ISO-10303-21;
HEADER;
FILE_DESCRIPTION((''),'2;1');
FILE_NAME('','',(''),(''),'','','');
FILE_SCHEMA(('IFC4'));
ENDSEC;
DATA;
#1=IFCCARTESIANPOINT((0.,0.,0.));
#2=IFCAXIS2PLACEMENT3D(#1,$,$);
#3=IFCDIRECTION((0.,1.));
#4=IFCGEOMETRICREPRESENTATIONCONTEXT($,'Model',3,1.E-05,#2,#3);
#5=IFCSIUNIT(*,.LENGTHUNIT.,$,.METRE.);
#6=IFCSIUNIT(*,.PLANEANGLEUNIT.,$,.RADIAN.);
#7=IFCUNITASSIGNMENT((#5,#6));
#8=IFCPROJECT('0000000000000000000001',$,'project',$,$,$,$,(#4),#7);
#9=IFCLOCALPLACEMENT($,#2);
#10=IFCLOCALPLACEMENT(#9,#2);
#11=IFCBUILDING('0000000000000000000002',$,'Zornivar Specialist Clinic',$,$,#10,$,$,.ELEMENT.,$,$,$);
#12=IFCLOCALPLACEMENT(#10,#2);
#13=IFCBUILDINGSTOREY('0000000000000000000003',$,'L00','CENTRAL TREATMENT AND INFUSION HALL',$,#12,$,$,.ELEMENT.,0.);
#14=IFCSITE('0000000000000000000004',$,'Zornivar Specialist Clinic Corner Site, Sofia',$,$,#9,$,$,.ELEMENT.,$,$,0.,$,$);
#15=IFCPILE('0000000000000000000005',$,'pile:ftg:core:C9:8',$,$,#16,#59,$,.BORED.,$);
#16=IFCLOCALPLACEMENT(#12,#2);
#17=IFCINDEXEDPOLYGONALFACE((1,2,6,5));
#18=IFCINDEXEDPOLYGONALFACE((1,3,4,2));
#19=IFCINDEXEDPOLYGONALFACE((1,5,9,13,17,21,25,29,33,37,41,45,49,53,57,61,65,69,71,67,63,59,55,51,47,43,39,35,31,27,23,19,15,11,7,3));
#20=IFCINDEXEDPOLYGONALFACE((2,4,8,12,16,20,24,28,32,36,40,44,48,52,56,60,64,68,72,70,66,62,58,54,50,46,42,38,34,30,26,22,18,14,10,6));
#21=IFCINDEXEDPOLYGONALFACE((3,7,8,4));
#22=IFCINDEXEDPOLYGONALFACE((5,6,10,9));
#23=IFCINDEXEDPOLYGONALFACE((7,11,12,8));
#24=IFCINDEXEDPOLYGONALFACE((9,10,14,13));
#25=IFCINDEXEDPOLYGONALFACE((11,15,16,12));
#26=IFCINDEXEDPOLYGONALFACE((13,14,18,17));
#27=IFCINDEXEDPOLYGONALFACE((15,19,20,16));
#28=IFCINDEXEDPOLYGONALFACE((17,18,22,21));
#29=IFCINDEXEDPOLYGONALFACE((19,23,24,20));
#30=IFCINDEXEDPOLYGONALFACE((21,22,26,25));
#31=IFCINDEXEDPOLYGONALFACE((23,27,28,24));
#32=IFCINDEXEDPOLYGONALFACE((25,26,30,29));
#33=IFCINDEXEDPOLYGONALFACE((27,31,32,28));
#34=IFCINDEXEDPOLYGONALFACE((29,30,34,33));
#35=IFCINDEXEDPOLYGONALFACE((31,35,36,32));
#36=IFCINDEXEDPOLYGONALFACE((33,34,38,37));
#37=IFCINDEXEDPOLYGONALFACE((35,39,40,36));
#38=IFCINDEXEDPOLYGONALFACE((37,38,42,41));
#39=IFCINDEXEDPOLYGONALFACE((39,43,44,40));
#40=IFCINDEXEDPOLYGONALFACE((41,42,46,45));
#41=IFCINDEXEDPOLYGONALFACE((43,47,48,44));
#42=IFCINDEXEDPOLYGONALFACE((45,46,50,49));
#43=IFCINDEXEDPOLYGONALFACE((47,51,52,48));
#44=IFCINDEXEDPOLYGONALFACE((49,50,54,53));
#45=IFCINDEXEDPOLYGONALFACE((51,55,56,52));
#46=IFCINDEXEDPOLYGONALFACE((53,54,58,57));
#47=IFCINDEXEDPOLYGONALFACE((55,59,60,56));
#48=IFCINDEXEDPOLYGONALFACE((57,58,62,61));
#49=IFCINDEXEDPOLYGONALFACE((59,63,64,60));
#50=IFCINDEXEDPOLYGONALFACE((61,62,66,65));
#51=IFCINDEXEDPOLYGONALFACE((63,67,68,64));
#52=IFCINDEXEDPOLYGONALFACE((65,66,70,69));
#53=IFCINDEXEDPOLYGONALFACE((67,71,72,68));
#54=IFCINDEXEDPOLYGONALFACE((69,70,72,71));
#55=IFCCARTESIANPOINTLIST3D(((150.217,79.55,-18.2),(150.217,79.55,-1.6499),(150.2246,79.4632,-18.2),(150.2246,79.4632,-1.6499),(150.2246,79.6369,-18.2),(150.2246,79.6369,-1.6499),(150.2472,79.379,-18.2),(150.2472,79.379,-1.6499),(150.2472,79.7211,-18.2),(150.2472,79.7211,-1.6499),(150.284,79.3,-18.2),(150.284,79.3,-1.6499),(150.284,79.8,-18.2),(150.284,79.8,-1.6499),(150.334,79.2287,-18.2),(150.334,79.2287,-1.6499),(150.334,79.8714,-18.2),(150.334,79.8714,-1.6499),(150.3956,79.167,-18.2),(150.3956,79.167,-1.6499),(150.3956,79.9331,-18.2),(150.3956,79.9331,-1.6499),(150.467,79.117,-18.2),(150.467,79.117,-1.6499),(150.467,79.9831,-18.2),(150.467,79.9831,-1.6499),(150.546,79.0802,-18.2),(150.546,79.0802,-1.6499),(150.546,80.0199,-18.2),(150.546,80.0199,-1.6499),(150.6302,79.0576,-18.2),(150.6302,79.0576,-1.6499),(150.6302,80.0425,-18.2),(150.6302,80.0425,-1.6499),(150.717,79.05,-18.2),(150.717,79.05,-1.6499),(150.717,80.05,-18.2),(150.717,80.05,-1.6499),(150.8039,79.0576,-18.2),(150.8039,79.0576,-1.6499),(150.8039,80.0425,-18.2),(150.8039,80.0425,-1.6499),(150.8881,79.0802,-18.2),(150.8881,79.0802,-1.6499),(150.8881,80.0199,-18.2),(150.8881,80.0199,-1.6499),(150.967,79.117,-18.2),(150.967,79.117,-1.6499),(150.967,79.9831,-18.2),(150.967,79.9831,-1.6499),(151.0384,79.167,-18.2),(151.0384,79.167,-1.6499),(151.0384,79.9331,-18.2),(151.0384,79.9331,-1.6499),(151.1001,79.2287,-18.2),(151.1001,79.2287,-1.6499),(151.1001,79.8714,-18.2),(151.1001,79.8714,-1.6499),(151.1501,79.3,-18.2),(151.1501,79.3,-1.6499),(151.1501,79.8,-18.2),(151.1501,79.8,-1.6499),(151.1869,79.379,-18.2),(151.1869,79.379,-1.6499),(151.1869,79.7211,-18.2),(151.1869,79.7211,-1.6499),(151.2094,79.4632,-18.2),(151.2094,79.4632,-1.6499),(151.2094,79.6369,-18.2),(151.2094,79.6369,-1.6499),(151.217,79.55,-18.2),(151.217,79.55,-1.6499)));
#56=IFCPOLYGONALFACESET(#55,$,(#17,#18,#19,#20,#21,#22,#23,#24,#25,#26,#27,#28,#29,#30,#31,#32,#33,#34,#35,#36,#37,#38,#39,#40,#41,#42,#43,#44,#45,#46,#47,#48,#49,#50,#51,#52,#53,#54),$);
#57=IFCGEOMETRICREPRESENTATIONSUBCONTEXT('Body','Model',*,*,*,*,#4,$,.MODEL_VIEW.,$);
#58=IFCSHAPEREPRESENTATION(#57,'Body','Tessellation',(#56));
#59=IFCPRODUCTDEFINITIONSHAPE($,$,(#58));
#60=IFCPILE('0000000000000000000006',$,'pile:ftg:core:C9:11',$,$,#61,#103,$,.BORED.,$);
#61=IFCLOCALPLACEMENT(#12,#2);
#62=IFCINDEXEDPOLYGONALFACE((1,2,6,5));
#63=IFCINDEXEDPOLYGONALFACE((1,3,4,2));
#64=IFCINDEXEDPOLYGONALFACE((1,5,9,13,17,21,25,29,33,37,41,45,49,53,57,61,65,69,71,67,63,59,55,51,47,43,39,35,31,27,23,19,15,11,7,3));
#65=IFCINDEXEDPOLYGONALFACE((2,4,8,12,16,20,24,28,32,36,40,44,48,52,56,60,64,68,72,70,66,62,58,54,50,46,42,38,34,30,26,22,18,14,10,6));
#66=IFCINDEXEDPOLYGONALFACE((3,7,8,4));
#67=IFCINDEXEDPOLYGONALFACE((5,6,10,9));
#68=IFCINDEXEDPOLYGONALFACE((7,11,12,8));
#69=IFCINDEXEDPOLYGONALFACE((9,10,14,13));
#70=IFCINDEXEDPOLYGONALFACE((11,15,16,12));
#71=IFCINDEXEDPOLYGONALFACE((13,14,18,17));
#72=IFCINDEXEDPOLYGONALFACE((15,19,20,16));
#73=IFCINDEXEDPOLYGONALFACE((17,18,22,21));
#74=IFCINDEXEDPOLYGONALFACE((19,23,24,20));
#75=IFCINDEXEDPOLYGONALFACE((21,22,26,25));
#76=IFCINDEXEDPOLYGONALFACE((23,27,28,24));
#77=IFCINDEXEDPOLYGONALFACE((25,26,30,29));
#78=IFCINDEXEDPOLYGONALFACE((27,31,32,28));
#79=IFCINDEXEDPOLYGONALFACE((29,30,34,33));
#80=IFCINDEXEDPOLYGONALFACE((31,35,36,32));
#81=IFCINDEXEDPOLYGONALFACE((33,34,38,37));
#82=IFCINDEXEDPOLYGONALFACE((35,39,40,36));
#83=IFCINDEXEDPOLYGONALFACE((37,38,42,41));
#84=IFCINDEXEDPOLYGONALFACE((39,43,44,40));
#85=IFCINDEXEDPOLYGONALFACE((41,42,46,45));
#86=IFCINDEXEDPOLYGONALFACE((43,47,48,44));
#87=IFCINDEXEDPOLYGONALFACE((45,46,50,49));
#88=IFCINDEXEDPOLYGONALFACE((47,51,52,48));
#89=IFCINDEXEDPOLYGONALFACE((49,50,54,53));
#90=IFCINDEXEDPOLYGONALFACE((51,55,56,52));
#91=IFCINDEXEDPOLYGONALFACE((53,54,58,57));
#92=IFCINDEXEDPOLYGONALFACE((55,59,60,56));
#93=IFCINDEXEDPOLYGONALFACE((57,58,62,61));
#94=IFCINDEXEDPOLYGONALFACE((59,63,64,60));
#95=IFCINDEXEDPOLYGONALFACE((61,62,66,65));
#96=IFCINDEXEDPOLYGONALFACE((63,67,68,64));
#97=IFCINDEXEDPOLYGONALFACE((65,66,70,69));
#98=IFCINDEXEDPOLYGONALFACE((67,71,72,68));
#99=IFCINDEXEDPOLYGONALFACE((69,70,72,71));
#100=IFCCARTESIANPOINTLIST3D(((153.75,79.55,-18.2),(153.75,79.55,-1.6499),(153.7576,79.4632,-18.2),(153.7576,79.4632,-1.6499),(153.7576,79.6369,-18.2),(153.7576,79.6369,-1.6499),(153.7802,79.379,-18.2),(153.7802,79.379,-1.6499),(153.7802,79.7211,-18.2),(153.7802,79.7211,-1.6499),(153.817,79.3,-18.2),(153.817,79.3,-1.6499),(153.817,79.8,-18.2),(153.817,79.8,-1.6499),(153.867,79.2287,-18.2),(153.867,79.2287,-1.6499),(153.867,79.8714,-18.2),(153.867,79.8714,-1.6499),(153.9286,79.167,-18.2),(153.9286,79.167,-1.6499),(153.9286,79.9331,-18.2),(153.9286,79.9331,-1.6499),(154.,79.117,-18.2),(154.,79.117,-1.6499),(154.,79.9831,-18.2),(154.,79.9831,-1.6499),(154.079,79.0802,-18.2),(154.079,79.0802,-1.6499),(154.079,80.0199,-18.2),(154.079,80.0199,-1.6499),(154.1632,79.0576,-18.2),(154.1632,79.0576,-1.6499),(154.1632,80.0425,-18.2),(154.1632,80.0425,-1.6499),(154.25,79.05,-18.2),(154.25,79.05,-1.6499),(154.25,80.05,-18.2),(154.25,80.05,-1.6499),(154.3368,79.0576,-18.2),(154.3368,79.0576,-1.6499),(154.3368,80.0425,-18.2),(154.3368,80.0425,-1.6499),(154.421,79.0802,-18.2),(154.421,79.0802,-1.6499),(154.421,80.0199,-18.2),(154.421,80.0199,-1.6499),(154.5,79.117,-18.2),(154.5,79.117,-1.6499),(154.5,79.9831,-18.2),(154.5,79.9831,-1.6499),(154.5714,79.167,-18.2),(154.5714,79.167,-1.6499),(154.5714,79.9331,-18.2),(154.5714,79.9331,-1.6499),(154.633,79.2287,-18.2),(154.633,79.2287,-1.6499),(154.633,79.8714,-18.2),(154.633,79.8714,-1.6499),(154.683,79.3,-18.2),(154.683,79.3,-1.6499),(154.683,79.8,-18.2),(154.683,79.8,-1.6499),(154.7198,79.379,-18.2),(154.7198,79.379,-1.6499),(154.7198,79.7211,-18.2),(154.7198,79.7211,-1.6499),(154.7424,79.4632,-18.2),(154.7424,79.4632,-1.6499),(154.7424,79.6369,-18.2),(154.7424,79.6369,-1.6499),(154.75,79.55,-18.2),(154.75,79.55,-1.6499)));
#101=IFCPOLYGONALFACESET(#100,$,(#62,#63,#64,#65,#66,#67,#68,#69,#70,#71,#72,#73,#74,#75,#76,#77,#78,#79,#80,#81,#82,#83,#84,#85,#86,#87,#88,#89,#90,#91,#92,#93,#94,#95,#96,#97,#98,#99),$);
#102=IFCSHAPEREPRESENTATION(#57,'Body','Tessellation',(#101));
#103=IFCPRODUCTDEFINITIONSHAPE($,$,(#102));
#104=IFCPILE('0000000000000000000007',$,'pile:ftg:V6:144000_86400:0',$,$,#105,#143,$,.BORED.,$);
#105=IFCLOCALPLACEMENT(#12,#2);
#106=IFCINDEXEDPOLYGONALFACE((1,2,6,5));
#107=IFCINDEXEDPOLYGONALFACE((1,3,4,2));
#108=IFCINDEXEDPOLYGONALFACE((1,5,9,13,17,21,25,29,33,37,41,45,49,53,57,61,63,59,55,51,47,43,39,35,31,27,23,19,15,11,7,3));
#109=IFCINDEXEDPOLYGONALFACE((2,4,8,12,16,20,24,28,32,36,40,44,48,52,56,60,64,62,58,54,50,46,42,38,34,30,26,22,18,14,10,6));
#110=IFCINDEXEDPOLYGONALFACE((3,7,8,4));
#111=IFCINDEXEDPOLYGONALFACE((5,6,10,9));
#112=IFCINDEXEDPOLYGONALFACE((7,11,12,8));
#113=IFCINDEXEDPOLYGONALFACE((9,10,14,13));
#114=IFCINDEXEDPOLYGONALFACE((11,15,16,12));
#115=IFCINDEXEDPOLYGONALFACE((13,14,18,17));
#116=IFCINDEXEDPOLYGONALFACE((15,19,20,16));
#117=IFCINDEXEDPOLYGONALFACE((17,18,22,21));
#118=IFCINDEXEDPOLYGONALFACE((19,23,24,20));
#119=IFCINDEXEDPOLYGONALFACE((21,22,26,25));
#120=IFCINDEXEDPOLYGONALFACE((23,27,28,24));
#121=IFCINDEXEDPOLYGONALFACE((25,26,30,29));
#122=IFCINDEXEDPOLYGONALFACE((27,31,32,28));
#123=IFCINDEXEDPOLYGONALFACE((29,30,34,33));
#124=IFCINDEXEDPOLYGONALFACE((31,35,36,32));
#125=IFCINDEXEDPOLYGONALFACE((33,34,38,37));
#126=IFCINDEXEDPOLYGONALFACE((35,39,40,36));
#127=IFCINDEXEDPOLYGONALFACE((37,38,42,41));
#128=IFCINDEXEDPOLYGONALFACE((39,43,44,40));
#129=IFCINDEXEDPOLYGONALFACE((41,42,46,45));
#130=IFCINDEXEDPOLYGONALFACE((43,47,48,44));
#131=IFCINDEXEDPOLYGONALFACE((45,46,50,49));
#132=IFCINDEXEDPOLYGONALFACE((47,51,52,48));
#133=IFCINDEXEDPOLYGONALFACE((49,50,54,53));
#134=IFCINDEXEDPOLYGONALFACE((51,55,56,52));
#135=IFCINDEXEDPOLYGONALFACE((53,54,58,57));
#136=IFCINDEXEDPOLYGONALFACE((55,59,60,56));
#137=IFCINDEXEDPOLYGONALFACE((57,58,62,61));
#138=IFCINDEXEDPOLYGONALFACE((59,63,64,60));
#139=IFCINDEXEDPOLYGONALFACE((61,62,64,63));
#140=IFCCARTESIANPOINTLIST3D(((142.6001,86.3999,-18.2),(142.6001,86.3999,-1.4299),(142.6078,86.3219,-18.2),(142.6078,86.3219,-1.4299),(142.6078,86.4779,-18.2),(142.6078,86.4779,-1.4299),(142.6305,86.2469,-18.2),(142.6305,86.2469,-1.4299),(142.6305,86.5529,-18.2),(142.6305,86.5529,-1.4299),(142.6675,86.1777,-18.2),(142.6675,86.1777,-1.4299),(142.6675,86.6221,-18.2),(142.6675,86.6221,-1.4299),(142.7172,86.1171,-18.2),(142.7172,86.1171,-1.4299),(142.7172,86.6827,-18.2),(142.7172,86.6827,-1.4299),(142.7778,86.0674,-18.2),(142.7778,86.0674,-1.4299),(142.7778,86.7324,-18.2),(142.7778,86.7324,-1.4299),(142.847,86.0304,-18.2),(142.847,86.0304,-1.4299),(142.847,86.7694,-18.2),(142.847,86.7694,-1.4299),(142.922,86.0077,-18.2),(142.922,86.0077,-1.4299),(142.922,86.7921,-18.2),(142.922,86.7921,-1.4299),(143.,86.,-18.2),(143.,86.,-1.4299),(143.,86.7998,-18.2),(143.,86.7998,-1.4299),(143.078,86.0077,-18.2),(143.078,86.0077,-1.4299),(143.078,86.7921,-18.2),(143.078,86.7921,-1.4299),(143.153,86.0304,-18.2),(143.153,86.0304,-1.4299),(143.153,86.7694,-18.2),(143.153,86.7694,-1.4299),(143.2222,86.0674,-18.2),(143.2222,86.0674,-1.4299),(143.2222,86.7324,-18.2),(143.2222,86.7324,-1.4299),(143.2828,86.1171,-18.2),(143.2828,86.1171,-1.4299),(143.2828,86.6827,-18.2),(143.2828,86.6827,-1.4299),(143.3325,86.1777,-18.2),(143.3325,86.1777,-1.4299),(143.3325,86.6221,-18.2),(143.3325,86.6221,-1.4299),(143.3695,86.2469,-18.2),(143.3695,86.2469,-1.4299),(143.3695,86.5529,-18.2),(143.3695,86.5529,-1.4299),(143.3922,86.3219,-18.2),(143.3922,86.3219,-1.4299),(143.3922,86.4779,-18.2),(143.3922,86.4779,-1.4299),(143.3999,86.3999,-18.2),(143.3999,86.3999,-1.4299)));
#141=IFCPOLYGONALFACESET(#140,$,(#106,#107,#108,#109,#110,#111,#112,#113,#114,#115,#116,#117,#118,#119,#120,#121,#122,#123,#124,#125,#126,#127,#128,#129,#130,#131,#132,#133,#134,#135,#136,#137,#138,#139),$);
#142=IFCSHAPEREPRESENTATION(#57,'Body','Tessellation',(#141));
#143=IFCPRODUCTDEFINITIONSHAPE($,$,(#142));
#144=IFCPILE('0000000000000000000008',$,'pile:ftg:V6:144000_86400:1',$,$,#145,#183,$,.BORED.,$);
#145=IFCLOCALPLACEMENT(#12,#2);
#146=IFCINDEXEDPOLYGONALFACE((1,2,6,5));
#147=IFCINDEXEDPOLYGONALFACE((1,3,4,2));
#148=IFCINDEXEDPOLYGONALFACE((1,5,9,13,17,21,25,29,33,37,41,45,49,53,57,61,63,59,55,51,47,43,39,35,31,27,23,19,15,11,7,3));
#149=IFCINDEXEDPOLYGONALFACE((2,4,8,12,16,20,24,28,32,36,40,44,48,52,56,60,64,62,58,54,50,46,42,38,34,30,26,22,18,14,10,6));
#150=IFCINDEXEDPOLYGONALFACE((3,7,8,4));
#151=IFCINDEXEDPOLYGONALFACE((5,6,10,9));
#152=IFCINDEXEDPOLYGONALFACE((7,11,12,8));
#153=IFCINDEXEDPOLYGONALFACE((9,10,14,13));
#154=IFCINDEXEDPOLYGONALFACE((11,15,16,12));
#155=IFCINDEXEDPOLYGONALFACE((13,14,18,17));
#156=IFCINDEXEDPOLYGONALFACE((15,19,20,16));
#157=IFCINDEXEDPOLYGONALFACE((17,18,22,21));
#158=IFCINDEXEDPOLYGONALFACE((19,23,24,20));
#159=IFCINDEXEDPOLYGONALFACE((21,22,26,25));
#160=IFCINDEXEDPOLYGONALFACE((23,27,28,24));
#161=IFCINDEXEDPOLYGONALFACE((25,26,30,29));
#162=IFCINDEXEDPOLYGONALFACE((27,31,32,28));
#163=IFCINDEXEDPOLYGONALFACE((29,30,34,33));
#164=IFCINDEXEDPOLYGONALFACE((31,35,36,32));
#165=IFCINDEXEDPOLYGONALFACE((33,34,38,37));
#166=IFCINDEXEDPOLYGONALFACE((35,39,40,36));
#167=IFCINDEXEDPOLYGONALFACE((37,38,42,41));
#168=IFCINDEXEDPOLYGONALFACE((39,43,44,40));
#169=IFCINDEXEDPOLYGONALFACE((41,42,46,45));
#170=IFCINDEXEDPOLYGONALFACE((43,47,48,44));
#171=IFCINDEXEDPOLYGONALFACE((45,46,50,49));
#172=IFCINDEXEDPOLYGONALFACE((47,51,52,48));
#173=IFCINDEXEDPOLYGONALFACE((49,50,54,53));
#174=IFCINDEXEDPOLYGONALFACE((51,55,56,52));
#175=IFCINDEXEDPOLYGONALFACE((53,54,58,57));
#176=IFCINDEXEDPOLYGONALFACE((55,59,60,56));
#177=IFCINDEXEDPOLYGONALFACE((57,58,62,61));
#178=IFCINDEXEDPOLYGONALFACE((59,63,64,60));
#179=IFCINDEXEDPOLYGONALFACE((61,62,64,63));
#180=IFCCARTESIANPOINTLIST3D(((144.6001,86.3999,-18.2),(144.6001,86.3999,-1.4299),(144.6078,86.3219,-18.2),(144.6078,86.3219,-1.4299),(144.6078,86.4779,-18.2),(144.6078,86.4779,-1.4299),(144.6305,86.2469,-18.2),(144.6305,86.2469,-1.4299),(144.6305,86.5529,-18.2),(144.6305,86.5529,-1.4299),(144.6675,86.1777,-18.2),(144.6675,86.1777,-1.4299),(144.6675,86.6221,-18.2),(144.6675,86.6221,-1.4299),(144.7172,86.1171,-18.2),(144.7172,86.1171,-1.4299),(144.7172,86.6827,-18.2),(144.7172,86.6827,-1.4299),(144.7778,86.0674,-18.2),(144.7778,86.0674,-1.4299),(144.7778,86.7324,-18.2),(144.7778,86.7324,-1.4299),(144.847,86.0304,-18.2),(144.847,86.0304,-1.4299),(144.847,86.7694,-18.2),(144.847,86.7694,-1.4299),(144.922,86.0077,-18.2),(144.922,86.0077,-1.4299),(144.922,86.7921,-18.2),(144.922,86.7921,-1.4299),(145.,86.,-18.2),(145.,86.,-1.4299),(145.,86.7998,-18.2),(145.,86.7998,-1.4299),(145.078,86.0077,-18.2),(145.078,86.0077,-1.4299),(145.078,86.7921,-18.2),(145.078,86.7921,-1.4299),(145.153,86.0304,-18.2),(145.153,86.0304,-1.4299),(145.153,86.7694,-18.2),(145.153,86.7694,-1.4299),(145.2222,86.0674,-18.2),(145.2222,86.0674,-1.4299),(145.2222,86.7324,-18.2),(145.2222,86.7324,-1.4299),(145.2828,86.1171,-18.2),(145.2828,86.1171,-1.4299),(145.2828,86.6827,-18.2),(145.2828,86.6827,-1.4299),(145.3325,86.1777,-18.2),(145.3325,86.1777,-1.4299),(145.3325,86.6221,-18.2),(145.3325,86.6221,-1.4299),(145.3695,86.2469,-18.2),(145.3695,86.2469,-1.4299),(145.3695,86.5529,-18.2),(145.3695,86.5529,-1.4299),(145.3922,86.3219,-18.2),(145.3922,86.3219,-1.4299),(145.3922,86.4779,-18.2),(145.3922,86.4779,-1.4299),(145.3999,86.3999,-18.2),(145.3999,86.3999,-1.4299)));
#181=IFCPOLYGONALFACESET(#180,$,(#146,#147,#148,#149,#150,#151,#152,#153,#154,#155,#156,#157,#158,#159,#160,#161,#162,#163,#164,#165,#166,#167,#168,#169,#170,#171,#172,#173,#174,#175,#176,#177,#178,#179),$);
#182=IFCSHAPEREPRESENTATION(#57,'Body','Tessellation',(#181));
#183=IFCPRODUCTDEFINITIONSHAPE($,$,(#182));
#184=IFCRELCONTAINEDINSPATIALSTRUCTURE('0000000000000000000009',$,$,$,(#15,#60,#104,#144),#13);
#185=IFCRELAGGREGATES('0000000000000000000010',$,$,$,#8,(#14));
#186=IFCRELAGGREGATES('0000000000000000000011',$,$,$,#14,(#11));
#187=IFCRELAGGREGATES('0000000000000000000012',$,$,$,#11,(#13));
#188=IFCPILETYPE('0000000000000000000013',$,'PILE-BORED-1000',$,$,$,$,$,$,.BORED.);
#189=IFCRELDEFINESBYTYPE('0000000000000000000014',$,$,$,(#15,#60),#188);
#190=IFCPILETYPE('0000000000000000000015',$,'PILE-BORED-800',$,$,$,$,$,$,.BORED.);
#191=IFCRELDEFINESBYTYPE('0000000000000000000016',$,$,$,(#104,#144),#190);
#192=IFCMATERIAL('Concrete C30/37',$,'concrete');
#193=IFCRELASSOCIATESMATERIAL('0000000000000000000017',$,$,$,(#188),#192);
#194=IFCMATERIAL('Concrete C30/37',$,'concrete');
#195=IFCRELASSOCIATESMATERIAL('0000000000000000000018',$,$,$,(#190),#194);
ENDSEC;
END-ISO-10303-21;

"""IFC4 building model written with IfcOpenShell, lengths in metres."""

from ifc_helpers import new_model, si_unit, direction, frame, origin, origin_2d, place, context, subcontext, project, spatial, circle, extrude, material, material_profile, profile_set, type_object, element, save


model = new_model("IFC4")

# Units and contexts
model_context = context("Model", 3, precision=1e-05, world=origin(), true_north=direction((0.0, 1.0)))
body_context = subcontext(model_context, "Body", "Model", "MODEL_VIEW")
ifc_project = project(units=[si_unit("LENGTHUNIT", "METRE"), si_unit("PLANEANGLEUNIT", "RADIAN")], contexts=[model_context])

# Site, building, storey
site_placement = place(None, origin())
site = spatial("IfcSite", under=ifc_project, at=site_placement, Name="Zornivar Specialist Clinic Corner Site, Sofia", CompositionType="ELEMENT", RefElevation=0.0)
building_placement = place(site_placement, origin())
building = spatial("IfcBuilding", under=site, at=building_placement, Name="Zornivar Specialist Clinic", CompositionType="ELEMENT")
storey_placement = place(building_placement, origin())
storey = spatial("IfcBuildingStorey", under=building, at=storey_placement, Name="L00", Description="CENTRAL TREATMENT AND INFUSION HALL", CompositionType="ELEMENT", Elevation=0.0)

# Piles
ifc_material_1 = material(Name="Concrete C30/37", Category="concrete")
ifc_material_profile_1 = material_profile(ifc_material_1, circle(Radius=0.5, at=origin_2d()), Name="PILE D1000")
ifc_profile_set_1 = profile_set([ifc_material_profile_1], Name="Concrete C30/37")
pile_type_1 = type_object("IfcPileType", Name="PILE-BORED-1000", PredefinedType="BORED", material=ifc_profile_set_1)
for number, where, z_axis, x_axis, name in (
    (1, (150.717, 79.55, -1.6499), (0.0, 0.0, -1.0), (1.0, 0.0, 0.0), "pile:ftg:core:C9:8"),
    (2, (154.25, 79.55, -1.6499), (0.0, 0.0, -1.0), (1.0, 0.0, 0.0), "pile:ftg:core:C9:11"),
):
    element("IfcPile", number, at=place(storey_placement, frame(where, z_axis=z_axis, x_axis=x_axis)), inside=storey, type_object=pile_type_1, Name=name, PredefinedType="BORED", context=body_context, shape_type="SweptSolid", body=[
        extrude(circle(Radius=0.5, at=origin_2d()), origin(), (0.0, 0.0, 1.0), 16.55),
    ])
ifc_material_2 = material(Name="Concrete C30/37", Category="concrete")
ifc_material_profile_2 = material_profile(ifc_material_2, circle(Radius=0.3999, at=origin_2d()), Name="PILE D800")
ifc_profile_set_2 = profile_set([ifc_material_profile_2], Name="Concrete C30/37")
pile_type_2 = type_object("IfcPileType", Name="PILE-BORED-800", PredefinedType="BORED", material=ifc_profile_set_2)
for number, where, z_axis, x_axis, name in (
    (3, (143.0, 86.3999, -1.4299), (0.0, 0.0, -1.0), (1.0, 0.0, 0.0), "pile:ftg:V6:144000_86400:0"),
    (4, (145.0, 86.3999, -1.4299), (0.0, 0.0, -1.0), (1.0, 0.0, 0.0), "pile:ftg:V6:144000_86400:1"),
):
    element("IfcPile", number, at=place(storey_placement, frame(where, z_axis=z_axis, x_axis=x_axis)), inside=storey, type_object=pile_type_2, Name=name, PredefinedType="BORED", context=body_context, shape_type="SweptSolid", body=[
        extrude(circle(Radius=0.3999, at=origin_2d()), origin(), (0.0, 0.0, 1.0), 16.77),
    ])

save(model, "model.ifc")
